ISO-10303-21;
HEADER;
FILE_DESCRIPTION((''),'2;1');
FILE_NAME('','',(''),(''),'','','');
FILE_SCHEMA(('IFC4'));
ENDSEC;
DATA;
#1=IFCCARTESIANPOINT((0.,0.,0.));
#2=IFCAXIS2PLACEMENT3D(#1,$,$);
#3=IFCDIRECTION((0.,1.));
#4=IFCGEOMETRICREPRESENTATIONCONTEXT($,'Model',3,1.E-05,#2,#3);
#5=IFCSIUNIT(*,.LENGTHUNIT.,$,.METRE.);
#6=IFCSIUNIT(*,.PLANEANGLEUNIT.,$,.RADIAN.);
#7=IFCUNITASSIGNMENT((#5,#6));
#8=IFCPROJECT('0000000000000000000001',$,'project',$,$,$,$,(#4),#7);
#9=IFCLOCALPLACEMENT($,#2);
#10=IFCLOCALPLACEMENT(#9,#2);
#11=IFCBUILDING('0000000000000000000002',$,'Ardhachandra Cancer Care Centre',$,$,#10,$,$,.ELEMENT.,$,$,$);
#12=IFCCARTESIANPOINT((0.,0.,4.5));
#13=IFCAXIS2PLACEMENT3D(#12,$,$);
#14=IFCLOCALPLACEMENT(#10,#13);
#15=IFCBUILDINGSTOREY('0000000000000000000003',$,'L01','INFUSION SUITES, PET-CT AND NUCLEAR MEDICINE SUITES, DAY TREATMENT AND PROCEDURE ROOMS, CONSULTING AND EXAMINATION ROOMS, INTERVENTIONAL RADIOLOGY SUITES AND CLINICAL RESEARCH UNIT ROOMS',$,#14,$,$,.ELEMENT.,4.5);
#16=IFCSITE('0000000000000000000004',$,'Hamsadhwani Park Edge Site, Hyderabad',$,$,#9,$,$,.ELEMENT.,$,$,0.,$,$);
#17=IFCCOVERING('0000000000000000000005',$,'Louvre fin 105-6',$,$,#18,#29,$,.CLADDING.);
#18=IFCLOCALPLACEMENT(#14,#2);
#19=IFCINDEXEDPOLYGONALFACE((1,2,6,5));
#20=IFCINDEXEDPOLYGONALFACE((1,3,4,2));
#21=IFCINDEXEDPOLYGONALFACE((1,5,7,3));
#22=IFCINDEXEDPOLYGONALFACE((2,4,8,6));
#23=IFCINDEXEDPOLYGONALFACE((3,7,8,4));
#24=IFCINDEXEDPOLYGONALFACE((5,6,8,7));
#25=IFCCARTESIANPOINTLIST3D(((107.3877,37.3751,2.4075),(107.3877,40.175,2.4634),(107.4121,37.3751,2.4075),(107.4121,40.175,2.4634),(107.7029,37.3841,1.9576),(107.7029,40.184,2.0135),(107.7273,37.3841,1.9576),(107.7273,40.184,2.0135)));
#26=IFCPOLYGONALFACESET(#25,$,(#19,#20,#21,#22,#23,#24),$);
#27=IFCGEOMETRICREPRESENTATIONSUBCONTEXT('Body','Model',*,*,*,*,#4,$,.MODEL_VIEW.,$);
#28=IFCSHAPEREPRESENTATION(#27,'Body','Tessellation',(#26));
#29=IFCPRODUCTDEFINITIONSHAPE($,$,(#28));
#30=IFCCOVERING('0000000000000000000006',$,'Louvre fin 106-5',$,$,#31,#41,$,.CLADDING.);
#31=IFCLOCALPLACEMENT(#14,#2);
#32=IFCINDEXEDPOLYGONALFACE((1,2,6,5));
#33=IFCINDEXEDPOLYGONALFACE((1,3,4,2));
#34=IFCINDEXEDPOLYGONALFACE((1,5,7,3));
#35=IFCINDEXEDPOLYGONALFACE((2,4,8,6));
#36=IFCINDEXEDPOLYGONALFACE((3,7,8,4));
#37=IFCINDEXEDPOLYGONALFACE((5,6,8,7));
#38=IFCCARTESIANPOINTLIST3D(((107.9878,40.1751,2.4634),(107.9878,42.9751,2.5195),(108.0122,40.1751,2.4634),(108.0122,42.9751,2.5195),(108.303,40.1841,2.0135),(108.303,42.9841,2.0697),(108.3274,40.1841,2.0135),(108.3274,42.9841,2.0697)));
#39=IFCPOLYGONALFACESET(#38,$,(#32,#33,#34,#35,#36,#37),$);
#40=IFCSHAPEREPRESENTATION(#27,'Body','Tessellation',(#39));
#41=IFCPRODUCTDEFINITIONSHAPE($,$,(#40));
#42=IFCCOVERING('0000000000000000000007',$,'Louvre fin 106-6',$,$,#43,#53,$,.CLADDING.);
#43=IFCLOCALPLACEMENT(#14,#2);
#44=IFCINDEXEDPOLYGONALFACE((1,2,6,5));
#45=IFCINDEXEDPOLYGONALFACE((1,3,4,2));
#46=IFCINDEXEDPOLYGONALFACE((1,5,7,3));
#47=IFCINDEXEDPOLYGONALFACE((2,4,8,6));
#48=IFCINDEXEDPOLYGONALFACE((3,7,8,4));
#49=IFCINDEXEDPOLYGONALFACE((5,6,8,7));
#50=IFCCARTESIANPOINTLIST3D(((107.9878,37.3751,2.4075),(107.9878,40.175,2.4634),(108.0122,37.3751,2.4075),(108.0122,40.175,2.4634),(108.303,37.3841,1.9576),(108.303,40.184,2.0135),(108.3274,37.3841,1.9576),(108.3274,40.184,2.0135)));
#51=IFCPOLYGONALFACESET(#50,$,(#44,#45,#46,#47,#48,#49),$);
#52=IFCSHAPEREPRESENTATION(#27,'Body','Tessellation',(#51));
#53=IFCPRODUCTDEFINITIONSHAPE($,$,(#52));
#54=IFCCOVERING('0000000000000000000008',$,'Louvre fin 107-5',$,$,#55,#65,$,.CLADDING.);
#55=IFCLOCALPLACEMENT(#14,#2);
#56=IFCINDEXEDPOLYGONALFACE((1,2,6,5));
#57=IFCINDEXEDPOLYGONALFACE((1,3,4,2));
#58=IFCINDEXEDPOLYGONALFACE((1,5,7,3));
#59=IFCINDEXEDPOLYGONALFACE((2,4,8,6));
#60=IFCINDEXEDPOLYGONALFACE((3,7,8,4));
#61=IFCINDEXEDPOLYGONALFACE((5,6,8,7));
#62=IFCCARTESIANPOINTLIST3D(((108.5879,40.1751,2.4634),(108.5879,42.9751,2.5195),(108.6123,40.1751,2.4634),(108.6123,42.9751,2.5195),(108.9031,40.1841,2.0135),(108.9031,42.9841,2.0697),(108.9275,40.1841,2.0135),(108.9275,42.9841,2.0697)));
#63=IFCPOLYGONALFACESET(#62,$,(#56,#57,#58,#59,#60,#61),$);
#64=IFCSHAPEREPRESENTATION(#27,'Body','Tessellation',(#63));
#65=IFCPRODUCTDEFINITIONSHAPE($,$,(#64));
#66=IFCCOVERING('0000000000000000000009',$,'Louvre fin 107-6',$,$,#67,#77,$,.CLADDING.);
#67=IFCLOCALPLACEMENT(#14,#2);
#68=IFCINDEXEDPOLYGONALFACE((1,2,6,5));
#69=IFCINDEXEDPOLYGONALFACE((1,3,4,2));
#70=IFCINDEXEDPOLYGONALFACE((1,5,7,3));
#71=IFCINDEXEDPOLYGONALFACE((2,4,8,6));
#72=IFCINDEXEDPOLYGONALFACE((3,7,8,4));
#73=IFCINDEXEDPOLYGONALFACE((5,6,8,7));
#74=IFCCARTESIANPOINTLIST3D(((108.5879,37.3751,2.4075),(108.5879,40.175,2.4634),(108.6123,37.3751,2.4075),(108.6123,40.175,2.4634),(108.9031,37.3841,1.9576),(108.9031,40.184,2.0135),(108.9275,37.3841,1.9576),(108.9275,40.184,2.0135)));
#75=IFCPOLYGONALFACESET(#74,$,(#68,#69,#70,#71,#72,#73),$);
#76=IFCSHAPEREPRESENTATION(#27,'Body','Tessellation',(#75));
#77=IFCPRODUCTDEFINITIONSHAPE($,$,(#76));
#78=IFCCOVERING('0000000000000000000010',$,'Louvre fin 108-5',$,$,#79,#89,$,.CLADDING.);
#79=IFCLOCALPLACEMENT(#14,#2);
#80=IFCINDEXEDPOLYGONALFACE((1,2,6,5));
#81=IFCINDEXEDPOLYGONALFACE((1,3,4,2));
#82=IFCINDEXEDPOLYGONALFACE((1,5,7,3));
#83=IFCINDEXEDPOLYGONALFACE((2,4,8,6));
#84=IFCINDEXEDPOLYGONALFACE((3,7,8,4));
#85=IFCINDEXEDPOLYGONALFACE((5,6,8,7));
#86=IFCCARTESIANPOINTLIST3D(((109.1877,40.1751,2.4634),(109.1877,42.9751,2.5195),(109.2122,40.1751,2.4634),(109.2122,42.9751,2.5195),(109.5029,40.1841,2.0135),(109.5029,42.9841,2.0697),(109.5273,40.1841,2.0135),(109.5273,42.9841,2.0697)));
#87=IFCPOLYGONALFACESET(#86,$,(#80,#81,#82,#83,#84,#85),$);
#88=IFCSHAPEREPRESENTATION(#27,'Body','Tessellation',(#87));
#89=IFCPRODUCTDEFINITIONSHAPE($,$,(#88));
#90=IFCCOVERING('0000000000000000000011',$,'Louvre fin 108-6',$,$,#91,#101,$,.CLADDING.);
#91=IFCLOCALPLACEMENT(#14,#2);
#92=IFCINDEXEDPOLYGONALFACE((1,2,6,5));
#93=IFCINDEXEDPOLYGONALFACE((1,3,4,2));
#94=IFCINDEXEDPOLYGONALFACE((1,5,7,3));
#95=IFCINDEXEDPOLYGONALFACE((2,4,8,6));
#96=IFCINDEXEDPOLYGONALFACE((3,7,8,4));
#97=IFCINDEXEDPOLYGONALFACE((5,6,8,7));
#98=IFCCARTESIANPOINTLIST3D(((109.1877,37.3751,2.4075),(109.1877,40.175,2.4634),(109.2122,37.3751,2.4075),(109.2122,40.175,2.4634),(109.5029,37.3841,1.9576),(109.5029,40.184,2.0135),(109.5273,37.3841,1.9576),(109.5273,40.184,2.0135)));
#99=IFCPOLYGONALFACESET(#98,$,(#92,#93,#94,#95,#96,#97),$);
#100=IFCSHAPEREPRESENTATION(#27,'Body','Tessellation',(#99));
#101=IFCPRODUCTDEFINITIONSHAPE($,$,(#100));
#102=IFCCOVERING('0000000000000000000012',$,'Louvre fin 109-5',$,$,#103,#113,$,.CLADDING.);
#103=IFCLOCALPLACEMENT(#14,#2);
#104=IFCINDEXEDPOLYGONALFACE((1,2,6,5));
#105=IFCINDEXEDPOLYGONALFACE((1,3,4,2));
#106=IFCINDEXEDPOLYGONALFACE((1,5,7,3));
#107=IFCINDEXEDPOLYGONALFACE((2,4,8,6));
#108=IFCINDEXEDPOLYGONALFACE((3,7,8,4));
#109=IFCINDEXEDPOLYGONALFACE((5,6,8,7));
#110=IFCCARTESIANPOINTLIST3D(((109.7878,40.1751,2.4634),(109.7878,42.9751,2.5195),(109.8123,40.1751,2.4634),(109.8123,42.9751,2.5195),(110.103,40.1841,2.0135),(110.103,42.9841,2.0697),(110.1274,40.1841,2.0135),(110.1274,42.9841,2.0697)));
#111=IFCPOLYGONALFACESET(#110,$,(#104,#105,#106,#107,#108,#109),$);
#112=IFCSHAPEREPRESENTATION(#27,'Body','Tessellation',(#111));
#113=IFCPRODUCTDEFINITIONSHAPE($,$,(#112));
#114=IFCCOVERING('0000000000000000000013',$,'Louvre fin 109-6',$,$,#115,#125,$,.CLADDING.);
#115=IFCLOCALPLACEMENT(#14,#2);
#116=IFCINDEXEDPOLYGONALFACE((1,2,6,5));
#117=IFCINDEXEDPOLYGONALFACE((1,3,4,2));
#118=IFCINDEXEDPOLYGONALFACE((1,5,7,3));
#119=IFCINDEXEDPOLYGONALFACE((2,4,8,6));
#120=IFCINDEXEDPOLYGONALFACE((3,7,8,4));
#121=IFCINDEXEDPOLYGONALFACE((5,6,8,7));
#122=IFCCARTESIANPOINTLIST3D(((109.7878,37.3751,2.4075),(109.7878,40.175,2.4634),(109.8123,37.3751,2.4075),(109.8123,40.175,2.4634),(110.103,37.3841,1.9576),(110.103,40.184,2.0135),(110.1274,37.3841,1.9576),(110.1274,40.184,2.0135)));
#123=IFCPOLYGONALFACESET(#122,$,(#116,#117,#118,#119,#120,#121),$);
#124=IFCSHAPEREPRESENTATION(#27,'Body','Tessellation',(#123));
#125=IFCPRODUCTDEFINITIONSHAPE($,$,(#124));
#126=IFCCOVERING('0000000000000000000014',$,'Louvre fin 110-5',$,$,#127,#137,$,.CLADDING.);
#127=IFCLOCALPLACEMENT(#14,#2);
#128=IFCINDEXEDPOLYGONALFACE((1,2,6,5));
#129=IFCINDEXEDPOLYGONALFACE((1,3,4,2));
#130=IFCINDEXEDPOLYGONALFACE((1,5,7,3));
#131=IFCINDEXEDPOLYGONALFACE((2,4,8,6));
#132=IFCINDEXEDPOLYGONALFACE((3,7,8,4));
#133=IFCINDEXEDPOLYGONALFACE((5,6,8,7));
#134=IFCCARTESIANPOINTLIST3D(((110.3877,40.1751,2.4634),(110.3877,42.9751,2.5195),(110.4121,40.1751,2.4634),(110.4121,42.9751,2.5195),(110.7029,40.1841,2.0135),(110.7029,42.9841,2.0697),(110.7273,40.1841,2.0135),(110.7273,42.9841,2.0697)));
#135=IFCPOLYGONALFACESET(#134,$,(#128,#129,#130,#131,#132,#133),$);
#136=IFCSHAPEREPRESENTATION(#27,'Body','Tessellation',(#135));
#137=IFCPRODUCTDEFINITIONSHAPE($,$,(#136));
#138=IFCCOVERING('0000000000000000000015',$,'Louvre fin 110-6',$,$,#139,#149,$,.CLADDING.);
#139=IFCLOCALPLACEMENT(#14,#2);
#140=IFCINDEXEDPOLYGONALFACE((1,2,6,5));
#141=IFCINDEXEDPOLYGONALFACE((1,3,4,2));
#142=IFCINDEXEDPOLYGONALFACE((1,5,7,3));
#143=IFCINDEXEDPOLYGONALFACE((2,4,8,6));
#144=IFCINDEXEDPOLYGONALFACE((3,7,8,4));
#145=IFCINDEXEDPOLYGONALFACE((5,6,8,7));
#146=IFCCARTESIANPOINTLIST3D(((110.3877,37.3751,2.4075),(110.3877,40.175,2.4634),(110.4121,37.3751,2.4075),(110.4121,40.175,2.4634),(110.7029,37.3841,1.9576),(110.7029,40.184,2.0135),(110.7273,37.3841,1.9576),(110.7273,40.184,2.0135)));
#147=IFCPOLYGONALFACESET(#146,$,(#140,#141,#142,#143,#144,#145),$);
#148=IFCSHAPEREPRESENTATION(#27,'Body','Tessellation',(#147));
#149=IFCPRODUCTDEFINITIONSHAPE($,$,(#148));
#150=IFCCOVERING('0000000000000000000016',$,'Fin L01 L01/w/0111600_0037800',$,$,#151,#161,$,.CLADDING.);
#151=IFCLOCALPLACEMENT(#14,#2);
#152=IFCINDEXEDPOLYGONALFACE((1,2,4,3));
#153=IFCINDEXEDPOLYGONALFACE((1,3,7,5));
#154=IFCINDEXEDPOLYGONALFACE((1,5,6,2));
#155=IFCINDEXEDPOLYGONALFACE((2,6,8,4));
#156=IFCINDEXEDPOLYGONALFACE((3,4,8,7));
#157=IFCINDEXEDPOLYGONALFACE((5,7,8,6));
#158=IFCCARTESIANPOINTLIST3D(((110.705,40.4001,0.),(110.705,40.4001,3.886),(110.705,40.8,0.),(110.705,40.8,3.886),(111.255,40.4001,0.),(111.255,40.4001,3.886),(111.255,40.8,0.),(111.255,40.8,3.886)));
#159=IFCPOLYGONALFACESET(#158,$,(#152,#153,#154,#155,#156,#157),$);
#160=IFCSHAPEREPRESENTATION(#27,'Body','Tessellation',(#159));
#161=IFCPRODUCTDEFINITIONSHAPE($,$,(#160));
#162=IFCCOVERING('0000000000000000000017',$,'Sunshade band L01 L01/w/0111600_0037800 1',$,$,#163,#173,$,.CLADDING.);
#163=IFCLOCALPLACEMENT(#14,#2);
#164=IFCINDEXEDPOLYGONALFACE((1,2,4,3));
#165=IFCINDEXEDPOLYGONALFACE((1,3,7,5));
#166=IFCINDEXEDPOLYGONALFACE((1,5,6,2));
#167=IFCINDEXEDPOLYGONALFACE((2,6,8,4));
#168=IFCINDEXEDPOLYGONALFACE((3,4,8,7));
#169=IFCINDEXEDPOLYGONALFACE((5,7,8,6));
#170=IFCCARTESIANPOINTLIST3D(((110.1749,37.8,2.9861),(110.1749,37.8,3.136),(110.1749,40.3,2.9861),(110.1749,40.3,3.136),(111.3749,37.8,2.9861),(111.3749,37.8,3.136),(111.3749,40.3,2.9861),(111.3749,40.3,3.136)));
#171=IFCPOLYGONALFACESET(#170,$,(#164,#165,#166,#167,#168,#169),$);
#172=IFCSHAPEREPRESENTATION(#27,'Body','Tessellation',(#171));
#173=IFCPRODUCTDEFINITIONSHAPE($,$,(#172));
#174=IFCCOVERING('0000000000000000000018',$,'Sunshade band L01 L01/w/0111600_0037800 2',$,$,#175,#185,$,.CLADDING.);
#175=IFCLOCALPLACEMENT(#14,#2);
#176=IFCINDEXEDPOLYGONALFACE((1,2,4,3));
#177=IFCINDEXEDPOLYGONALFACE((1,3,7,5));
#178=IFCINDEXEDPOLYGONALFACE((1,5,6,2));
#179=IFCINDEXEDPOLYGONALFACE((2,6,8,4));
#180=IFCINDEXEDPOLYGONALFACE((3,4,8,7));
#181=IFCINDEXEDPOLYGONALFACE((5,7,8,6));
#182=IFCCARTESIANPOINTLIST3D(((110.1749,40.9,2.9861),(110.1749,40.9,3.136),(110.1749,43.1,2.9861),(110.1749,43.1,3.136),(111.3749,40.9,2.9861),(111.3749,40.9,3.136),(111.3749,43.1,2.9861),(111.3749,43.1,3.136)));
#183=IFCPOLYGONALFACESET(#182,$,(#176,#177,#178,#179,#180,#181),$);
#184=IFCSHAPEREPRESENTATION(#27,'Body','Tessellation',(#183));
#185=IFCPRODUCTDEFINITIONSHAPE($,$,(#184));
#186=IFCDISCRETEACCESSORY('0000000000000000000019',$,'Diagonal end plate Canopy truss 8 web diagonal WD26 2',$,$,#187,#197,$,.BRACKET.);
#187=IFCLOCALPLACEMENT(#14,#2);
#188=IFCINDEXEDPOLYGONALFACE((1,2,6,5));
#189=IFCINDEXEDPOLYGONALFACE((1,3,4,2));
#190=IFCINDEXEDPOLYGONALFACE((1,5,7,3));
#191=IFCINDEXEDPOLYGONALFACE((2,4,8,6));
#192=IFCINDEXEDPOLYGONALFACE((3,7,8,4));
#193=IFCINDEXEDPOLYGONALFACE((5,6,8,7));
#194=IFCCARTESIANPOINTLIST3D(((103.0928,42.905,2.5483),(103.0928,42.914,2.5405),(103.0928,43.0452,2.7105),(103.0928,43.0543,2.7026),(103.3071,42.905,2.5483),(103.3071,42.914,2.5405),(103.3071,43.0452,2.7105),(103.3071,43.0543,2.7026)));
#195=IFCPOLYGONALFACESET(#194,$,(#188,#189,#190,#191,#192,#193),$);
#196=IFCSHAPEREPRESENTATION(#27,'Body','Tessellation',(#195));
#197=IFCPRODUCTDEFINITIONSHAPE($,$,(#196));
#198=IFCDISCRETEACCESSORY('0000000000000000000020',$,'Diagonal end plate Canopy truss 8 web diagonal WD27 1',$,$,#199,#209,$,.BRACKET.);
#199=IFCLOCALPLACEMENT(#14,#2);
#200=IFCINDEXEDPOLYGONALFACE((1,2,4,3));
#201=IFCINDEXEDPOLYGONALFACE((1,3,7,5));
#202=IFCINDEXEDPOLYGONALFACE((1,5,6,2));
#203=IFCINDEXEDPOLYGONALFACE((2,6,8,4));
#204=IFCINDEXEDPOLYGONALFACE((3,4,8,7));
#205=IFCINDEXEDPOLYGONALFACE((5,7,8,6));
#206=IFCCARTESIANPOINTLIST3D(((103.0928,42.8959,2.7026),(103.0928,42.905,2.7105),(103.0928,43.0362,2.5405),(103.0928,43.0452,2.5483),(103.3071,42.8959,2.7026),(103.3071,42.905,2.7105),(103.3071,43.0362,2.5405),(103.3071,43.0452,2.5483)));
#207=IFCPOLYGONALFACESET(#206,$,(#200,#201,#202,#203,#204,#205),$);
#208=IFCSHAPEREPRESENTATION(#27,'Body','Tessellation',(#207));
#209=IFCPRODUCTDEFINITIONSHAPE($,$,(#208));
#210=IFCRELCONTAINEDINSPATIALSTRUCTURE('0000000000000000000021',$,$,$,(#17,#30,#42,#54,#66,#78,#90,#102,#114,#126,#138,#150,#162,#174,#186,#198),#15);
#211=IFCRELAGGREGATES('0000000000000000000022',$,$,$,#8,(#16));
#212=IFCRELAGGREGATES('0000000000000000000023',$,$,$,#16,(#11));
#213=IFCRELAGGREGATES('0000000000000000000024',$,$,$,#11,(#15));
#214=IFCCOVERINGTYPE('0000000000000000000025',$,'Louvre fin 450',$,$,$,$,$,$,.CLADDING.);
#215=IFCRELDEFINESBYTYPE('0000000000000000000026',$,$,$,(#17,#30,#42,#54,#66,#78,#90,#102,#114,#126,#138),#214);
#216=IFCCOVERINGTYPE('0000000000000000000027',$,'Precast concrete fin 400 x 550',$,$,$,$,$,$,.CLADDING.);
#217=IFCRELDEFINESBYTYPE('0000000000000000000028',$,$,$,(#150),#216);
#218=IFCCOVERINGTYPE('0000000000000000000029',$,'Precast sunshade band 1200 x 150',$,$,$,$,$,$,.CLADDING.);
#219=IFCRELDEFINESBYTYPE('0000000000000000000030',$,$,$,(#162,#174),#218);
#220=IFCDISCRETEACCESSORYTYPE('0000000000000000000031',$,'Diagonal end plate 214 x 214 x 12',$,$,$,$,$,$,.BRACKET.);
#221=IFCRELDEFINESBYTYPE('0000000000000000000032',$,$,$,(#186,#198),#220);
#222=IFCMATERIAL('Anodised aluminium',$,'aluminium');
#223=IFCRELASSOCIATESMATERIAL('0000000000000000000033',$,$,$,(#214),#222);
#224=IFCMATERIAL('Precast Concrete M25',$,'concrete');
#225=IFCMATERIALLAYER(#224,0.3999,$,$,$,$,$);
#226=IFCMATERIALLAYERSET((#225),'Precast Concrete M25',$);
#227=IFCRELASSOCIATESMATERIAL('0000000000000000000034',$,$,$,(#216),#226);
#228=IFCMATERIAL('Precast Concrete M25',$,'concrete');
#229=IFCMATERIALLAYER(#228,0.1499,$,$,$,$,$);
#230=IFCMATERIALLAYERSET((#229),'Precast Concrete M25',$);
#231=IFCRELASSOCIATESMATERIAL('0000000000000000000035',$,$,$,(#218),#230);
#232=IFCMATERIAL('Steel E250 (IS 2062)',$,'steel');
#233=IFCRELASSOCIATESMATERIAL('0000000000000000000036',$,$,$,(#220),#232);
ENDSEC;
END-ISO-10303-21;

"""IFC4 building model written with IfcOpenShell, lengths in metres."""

from ifc_helpers import new_model, si_unit, direction, frame, origin, origin_2d, place, context, subcontext, project, spatial, polyline, rectangle, outline, extrude, material, layer, layer_set, material_profile, profile_set, type_object, element, save


model = new_model("IFC4")

# Units and contexts
model_context = context("Model", 3, precision=1e-05, world=origin(), true_north=direction((0.0, 1.0)))
body_context = subcontext(model_context, "Body", "Model", "MODEL_VIEW")
ifc_project = project(units=[si_unit("LENGTHUNIT", "METRE"), si_unit("PLANEANGLEUNIT", "RADIAN")], contexts=[model_context])

# Site, building, storey
site_placement = place(None, origin())
site = spatial("IfcSite", under=ifc_project, at=site_placement, Name="Hamsadhwani Park Edge Site, Hyderabad", CompositionType="ELEMENT", RefElevation=0.0)
building_placement = place(site_placement, origin())
building = spatial("IfcBuilding", under=site, at=building_placement, Name="Ardhachandra Cancer Care Centre", CompositionType="ELEMENT")
storey_placement = place(building_placement, frame((0.0, 0.0, 4.5)))
storey = spatial("IfcBuildingStorey", under=building, at=storey_placement, Name="L01", Description="INFUSION SUITES, PET-CT AND NUCLEAR MEDICINE SUITES, DAY TREATMENT AND PROCEDURE ROOMS, CONSULTING AND EXAMINATION ROOMS, INTERVENTIONAL RADIOLOGY SUITES AND CLINICAL RESEARCH UNIT ROOMS", CompositionType="ELEMENT", Elevation=4.5)

# Coverings
ifc_material_1 = material(Name="Anodised aluminium", Category="aluminium")
ifc_material_profile_1 = material_profile(ifc_material_1, outline(polyline([(-0.0122, 0.0), (0.0122, 0.0), (0.3274, -0.45), (0.303, -0.45), (-0.0122, 0.0)])), Name="Louvre fin 450")
ifc_profile_set_1 = profile_set([ifc_material_profile_1], Name="Anodised aluminium")
covering_type_1 = type_object("IfcCoveringType", Name="Louvre fin 450", PredefinedType="CLADDING", material=ifc_profile_set_1)
for number, where, z_axis, x_axis, name in (
    (1, (107.3999, 40.175, 2.4634), (0.0, -0.999801, -0.019963), (1.0, 0.0, 0.0), "Louvre fin 105-6"),
    (2, (108.0, 42.9751, 2.5195), (0.0, -0.999799, -0.02005), (1.0, 0.0, 0.0), "Louvre fin 106-5"),
    (3, (108.0, 40.175, 2.4634), (0.0, -0.999801, -0.019963), (1.0, 0.0, 0.0), "Louvre fin 106-6"),
    (4, (108.6001, 42.9751, 2.5195), (0.0, -0.999799, -0.02005), (1.0, 0.0, 0.0), "Louvre fin 107-5"),
    (5, (108.6001, 40.175, 2.4634), (0.0, -0.999801, -0.019963), (1.0, 0.0, 0.0), "Louvre fin 107-6"),
    (6, (109.2, 42.9751, 2.5195), (0.0, -0.999799, -0.02005), (1.0, 0.0, 0.0), "Louvre fin 108-5"),
    (7, (109.2, 40.175, 2.4634), (0.0, -0.999801, -0.019963), (1.0, 0.0, 0.0), "Louvre fin 108-6"),
    (8, (109.8, 42.9751, 2.5195), (0.0, -0.999799, -0.02005), (1.0, 0.0, 0.0), "Louvre fin 109-5"),
    (9, (109.8, 40.175, 2.4634), (0.0, -0.999801, -0.019963), (1.0, 0.0, 0.0), "Louvre fin 109-6"),
    (10, (110.3999, 42.9751, 2.5195), (0.0, -0.999799, -0.02005), (1.0, 0.0, 0.0), "Louvre fin 110-5"),
    (11, (110.3999, 40.175, 2.4634), (0.0, -0.999801, -0.019963), (1.0, 0.0, 0.0), "Louvre fin 110-6"),
):
    element("IfcCovering", number, at=place(storey_placement, frame(where, z_axis=z_axis, x_axis=x_axis)), inside=storey, type_object=covering_type_1, Name=name, PredefinedType="CLADDING", context=body_context, shape_type="SweptSolid", body=[
        extrude(outline(polyline([(-0.0122, 0.0), (0.0122, 0.0), (0.3274, -0.45), (0.303, -0.45), (-0.0122, 0.0)])), origin(), (0.0, 0.0, 1.0), 2.8005),
    ])
ifc_material_2 = material(Name="Precast Concrete M25", Category="concrete")
ifc_layer_1 = layer(ifc_material_2, 0.3999)
ifc_layer_set_1 = layer_set([ifc_layer_1], Name="Precast Concrete M25")
covering_type_2 = type_object("IfcCoveringType", Name="Precast concrete fin 400 x 550", PredefinedType="CLADDING", material=ifc_layer_set_1)
covering_1_placement = place(storey_placement, frame((110.98, 40.6001, 0.0), z_axis=(0.0, 0.0, 1.0), x_axis=(0.0, 1.0, 0.0)))
element("IfcCovering", 12, at=covering_1_placement, inside=storey, type_object=covering_type_2, Name="Fin L01 L01/w/0111600_0037800", PredefinedType="CLADDING", context=body_context, shape_type="SweptSolid", body=[
    extrude(rectangle(XDim=0.3999, YDim=0.55, at=origin_2d()), origin(), (0.0, 0.0, 1.0), 3.886),
])
ifc_material_3 = material(Name="Precast Concrete M25", Category="concrete")
ifc_layer_2 = layer(ifc_material_3, 0.1499)
ifc_layer_set_2 = layer_set([ifc_layer_2], Name="Precast Concrete M25")
covering_type_3 = type_object("IfcCoveringType", Name="Precast sunshade band 1200 x 150", PredefinedType="CLADDING", material=ifc_layer_set_2)
covering_2_placement = place(storey_placement, frame((110.7749, 39.05, 2.9861), z_axis=(0.0, 0.0, 1.0), x_axis=(0.0, 1.0, 0.0)))
element("IfcCovering", 13, at=covering_2_placement, inside=storey, type_object=covering_type_3, Name="Sunshade band L01 L01/w/0111600_0037800 1", PredefinedType="CLADDING", context=body_context, shape_type="SweptSolid", body=[
    extrude(rectangle(XDim=2.5, YDim=1.2, at=origin_2d()), origin(), (0.0, 0.0, 1.0), 0.1499),
])
covering_3_placement = place(storey_placement, frame((110.7749, 42.0, 2.9861), z_axis=(0.0, 0.0, 1.0), x_axis=(0.0, 1.0, 0.0)))
element("IfcCovering", 14, at=covering_3_placement, inside=storey, type_object=covering_type_3, Name="Sunshade band L01 L01/w/0111600_0037800 2", PredefinedType="CLADDING", context=body_context, shape_type="SweptSolid", body=[
    extrude(rectangle(XDim=2.2, YDim=1.2, at=origin_2d()), origin(), (0.0, 0.0, 1.0), 0.1499),
])

# Discrete accessories
ifc_material_4 = material(Name="Steel E250 (IS 2062)", Category="steel")
ifc_material_profile_2 = material_profile(ifc_material_4, rectangle(XDim=0.2144, YDim=0.2144, at=origin_2d()), Name="PL 214x214x12")
ifc_profile_set_2 = profile_set([ifc_material_profile_2], Name="Steel E250 (IS 2062)")
discrete_accessory_type = type_object("IfcDiscreteAccessoryType", Name="Diagonal end plate 214 x 214 x 12", PredefinedType="BRACKET", material=ifc_profile_set_2)
for number, where, z_axis, x_axis, name in (
    (15, (103.2, 42.9751, 2.6294), (0.0, 0.756363, -0.654152), (-1.0, 0.0, 0.0), "Diagonal end plate Canopy truss 8 web diagonal WD26 2"),
    (16, (103.2, 42.9751, 2.6294), (0.0, -0.756363, -0.654152), (1.0, 0.0, 0.0), "Diagonal end plate Canopy truss 8 web diagonal WD27 1"),
):
    element("IfcDiscreteAccessory", number, at=place(storey_placement, frame(where, z_axis=z_axis, x_axis=x_axis)), inside=storey, type_object=discrete_accessory_type, Name=name, PredefinedType="BRACKET", context=body_context, shape_type="SweptSolid", body=[
        extrude(rectangle(XDim=0.2144, YDim=0.2144, at=origin_2d()), origin(), (0.0, 0.0, 1.0), 0.012),
    ])

save(model, "model.ifc")
